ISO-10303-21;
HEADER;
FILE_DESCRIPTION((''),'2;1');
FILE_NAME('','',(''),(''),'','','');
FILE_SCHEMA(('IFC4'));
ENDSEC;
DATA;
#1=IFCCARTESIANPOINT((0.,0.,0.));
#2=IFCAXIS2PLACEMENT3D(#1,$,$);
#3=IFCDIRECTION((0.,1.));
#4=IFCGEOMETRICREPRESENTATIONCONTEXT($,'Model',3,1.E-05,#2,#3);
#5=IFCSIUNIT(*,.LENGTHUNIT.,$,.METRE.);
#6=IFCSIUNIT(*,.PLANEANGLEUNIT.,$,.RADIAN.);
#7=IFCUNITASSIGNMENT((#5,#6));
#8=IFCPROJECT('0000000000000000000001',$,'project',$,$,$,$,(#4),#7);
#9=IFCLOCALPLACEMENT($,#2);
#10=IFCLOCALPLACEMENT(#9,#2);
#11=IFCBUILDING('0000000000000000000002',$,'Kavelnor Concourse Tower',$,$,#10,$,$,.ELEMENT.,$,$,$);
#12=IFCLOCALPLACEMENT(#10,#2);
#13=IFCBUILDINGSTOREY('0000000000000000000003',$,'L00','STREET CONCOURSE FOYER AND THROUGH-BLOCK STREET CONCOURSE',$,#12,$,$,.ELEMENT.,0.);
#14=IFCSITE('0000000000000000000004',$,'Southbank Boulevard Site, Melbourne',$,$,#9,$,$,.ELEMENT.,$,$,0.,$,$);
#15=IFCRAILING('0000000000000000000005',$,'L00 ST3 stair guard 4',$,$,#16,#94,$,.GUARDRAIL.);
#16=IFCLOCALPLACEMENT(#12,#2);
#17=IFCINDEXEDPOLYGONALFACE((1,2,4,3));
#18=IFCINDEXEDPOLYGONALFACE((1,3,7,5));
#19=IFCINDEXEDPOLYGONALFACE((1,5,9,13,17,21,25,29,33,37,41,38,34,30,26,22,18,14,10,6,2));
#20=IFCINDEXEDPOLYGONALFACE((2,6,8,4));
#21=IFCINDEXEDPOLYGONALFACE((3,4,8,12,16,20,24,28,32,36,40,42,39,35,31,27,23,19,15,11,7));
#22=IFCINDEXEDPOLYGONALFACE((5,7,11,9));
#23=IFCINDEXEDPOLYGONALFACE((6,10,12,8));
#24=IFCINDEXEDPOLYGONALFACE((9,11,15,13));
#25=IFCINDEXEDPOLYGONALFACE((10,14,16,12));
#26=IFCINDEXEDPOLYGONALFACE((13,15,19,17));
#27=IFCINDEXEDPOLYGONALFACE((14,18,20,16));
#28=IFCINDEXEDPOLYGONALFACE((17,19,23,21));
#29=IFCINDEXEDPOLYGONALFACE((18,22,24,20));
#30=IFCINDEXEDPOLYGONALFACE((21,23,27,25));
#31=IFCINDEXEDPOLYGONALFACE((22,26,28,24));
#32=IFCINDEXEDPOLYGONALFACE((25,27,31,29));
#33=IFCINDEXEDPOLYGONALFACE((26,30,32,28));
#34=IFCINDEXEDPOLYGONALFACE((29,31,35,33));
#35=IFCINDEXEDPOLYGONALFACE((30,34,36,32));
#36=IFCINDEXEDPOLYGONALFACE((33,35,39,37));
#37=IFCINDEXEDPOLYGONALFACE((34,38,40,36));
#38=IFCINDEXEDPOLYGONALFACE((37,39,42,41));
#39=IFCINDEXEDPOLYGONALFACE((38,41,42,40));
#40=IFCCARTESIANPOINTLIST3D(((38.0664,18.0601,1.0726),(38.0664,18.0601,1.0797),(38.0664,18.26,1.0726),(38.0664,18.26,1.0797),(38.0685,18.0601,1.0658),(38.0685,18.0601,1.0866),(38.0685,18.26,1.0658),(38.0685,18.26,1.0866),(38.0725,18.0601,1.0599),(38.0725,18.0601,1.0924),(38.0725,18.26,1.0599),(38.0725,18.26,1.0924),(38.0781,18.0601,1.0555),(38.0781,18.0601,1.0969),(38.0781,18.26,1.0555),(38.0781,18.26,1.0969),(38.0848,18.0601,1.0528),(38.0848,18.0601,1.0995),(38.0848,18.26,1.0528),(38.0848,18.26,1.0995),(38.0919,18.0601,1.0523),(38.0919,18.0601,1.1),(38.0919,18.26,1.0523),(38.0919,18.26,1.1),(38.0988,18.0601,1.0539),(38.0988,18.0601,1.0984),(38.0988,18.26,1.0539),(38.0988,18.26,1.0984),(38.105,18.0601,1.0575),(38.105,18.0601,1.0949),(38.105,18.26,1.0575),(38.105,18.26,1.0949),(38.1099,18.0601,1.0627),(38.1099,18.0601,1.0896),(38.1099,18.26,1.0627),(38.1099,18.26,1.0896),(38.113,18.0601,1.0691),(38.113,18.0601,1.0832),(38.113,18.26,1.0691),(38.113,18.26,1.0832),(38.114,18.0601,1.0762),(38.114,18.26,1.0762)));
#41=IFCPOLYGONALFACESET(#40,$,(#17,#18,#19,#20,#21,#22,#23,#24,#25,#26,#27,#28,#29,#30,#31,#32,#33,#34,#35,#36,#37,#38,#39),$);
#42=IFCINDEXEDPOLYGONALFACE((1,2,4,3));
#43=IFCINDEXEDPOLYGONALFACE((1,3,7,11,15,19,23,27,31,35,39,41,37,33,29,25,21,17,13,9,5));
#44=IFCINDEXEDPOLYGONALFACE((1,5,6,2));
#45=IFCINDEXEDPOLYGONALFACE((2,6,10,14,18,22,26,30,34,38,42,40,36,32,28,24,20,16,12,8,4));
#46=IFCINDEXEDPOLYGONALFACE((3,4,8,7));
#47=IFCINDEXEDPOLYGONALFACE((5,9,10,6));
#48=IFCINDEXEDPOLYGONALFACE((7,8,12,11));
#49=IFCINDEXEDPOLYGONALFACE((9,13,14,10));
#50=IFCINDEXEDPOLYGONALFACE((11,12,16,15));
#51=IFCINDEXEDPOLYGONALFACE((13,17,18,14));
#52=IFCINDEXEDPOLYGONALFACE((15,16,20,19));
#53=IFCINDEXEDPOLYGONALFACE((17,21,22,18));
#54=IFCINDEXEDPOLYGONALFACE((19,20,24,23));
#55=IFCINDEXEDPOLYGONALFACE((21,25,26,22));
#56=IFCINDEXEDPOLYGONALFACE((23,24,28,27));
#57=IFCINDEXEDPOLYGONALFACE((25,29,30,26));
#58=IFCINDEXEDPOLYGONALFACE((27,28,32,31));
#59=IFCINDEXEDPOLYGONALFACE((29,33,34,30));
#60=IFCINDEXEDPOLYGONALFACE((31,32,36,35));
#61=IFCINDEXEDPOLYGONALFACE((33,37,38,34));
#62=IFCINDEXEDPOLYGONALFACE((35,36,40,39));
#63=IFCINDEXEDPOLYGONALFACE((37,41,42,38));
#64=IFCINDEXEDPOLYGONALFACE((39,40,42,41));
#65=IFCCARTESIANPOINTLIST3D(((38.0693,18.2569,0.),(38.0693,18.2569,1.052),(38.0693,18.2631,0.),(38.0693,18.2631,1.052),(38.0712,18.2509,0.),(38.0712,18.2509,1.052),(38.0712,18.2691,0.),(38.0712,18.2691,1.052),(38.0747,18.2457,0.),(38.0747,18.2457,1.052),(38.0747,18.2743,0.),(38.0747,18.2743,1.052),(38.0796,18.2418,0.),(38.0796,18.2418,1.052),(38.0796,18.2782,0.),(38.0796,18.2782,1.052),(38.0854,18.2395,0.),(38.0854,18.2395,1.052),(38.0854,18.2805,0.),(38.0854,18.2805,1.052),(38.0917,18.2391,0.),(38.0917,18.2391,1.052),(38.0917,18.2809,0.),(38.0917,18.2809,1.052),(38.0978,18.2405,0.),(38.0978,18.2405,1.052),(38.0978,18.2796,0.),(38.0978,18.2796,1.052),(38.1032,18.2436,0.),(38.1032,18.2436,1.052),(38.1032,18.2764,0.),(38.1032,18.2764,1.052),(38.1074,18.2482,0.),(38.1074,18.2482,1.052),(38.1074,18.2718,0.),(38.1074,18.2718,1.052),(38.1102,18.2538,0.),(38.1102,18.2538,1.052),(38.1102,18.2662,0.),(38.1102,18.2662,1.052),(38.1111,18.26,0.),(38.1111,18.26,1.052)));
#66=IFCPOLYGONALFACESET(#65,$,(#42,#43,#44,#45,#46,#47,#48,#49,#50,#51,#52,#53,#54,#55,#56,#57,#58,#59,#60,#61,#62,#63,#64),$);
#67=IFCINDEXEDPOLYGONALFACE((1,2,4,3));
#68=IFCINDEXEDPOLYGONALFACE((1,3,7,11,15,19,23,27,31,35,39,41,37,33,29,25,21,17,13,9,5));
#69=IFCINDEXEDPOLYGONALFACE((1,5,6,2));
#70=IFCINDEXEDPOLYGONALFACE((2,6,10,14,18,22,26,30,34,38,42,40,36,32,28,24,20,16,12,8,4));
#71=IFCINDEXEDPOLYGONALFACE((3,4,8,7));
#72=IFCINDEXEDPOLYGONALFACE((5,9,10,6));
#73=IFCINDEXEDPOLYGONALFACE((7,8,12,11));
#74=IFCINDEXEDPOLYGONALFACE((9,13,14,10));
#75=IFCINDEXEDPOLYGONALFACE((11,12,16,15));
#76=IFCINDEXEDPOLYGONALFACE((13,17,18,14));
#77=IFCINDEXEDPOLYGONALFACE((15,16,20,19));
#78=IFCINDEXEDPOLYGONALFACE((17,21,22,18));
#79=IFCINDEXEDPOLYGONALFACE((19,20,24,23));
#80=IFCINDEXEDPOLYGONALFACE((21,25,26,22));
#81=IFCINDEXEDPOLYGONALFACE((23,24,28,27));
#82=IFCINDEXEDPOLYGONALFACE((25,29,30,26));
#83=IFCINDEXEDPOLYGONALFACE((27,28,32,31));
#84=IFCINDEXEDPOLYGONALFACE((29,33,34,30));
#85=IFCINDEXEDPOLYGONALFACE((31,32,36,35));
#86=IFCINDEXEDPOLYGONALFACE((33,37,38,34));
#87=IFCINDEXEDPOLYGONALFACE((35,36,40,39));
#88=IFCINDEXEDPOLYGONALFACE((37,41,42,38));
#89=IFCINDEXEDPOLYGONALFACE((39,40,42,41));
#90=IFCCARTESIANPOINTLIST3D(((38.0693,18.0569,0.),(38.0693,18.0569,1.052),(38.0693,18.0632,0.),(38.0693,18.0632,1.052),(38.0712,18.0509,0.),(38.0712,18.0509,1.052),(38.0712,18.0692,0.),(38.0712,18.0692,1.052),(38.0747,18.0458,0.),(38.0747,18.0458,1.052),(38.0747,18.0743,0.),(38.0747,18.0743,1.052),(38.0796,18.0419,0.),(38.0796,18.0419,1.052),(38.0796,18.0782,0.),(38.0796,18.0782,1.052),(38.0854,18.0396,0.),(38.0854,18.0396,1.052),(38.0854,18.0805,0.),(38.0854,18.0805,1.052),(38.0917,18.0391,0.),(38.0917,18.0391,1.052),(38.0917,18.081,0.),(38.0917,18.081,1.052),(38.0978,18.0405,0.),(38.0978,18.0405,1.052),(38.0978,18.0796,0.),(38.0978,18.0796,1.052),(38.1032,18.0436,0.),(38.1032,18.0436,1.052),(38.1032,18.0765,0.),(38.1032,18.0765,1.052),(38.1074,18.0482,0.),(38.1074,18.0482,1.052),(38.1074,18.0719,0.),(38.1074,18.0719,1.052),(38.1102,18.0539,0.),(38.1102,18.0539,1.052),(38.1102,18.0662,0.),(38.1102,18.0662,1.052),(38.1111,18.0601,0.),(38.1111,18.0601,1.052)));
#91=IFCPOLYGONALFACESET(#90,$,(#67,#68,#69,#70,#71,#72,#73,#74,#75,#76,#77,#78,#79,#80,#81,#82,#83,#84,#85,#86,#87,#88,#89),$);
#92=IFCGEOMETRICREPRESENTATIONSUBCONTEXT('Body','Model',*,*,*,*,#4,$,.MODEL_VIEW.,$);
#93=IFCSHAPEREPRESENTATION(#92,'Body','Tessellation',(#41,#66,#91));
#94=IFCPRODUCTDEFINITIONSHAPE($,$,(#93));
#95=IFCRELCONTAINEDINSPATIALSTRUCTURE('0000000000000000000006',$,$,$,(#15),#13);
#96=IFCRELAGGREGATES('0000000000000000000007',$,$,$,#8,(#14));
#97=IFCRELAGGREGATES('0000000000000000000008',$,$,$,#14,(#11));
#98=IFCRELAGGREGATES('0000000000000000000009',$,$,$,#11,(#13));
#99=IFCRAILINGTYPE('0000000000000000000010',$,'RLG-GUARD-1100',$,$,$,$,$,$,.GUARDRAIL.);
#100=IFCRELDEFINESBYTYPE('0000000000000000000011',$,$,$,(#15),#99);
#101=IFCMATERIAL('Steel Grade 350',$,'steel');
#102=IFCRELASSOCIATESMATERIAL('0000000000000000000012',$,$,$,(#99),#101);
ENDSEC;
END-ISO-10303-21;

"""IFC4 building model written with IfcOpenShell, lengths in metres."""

from ifc_helpers import new_model, si_unit, direction, frame, origin, origin_2d, place, context, subcontext, project, spatial, circle, extrude, material, type_object, element, save


model = new_model("IFC4")

# Units and contexts
model_context = context("Model", 3, precision=1e-05, world=origin(), true_north=direction((0.0, 1.0)))
body_context = subcontext(model_context, "Body", "Model", "MODEL_VIEW")
ifc_project = project(units=[si_unit("LENGTHUNIT", "METRE"), si_unit("PLANEANGLEUNIT", "RADIAN")], contexts=[model_context])

# Site, building, storey
site_placement = place(None, origin())
site = spatial("IfcSite", under=ifc_project, at=site_placement, Name="Southbank Boulevard Site, Melbourne", CompositionType="ELEMENT", RefElevation=0.0)
building_placement = place(site_placement, origin())
building = spatial("IfcBuilding", under=site, at=building_placement, Name="Kavelnor Concourse Tower", CompositionType="ELEMENT")
storey_placement = place(building_placement, origin())
storey = spatial("IfcBuildingStorey", under=building, at=storey_placement, Name="L00", Description="STREET CONCOURSE FOYER AND THROUGH-BLOCK STREET CONCOURSE", CompositionType="ELEMENT", Elevation=0.0)

# Shared definitions
ifc_material_1 = material(Name="Steel Grade 350", Category="steel")

# Railing
railing_type_1 = type_object("IfcRailingType", Name="RLG-GUARD-1100", PredefinedType="GUARDRAIL", material=ifc_material_1)
railing_1_placement = place(storey_placement, frame((38.0901, 18.26, 0.0)))
element("IfcRailing", 1, at=railing_1_placement, inside=storey, type_object=railing_type_1, Name="L00 ST3 stair guard 4", PredefinedType="GUARDRAIL", context=body_context, shape_type="SweptSolid", body=[
    extrude(circle(Radius=0.0239, at=origin_2d()), frame((0.0, 0.0, 1.0762), z_axis=(0.0, -1.0, 0.0), x_axis=(1.0, 0.0, 0.0)), (0.0, 0.0, 1.0), 0.2),
    extrude(circle(Radius=0.021, at=origin_2d()), origin(), (0.0, 0.0, 1.0), 1.052),
    extrude(circle(Radius=0.021, at=origin_2d()), frame((0.0, -0.2, 0.0)), (0.0, 0.0, 1.0), 1.052),
])

save(model, "model.ifc")
